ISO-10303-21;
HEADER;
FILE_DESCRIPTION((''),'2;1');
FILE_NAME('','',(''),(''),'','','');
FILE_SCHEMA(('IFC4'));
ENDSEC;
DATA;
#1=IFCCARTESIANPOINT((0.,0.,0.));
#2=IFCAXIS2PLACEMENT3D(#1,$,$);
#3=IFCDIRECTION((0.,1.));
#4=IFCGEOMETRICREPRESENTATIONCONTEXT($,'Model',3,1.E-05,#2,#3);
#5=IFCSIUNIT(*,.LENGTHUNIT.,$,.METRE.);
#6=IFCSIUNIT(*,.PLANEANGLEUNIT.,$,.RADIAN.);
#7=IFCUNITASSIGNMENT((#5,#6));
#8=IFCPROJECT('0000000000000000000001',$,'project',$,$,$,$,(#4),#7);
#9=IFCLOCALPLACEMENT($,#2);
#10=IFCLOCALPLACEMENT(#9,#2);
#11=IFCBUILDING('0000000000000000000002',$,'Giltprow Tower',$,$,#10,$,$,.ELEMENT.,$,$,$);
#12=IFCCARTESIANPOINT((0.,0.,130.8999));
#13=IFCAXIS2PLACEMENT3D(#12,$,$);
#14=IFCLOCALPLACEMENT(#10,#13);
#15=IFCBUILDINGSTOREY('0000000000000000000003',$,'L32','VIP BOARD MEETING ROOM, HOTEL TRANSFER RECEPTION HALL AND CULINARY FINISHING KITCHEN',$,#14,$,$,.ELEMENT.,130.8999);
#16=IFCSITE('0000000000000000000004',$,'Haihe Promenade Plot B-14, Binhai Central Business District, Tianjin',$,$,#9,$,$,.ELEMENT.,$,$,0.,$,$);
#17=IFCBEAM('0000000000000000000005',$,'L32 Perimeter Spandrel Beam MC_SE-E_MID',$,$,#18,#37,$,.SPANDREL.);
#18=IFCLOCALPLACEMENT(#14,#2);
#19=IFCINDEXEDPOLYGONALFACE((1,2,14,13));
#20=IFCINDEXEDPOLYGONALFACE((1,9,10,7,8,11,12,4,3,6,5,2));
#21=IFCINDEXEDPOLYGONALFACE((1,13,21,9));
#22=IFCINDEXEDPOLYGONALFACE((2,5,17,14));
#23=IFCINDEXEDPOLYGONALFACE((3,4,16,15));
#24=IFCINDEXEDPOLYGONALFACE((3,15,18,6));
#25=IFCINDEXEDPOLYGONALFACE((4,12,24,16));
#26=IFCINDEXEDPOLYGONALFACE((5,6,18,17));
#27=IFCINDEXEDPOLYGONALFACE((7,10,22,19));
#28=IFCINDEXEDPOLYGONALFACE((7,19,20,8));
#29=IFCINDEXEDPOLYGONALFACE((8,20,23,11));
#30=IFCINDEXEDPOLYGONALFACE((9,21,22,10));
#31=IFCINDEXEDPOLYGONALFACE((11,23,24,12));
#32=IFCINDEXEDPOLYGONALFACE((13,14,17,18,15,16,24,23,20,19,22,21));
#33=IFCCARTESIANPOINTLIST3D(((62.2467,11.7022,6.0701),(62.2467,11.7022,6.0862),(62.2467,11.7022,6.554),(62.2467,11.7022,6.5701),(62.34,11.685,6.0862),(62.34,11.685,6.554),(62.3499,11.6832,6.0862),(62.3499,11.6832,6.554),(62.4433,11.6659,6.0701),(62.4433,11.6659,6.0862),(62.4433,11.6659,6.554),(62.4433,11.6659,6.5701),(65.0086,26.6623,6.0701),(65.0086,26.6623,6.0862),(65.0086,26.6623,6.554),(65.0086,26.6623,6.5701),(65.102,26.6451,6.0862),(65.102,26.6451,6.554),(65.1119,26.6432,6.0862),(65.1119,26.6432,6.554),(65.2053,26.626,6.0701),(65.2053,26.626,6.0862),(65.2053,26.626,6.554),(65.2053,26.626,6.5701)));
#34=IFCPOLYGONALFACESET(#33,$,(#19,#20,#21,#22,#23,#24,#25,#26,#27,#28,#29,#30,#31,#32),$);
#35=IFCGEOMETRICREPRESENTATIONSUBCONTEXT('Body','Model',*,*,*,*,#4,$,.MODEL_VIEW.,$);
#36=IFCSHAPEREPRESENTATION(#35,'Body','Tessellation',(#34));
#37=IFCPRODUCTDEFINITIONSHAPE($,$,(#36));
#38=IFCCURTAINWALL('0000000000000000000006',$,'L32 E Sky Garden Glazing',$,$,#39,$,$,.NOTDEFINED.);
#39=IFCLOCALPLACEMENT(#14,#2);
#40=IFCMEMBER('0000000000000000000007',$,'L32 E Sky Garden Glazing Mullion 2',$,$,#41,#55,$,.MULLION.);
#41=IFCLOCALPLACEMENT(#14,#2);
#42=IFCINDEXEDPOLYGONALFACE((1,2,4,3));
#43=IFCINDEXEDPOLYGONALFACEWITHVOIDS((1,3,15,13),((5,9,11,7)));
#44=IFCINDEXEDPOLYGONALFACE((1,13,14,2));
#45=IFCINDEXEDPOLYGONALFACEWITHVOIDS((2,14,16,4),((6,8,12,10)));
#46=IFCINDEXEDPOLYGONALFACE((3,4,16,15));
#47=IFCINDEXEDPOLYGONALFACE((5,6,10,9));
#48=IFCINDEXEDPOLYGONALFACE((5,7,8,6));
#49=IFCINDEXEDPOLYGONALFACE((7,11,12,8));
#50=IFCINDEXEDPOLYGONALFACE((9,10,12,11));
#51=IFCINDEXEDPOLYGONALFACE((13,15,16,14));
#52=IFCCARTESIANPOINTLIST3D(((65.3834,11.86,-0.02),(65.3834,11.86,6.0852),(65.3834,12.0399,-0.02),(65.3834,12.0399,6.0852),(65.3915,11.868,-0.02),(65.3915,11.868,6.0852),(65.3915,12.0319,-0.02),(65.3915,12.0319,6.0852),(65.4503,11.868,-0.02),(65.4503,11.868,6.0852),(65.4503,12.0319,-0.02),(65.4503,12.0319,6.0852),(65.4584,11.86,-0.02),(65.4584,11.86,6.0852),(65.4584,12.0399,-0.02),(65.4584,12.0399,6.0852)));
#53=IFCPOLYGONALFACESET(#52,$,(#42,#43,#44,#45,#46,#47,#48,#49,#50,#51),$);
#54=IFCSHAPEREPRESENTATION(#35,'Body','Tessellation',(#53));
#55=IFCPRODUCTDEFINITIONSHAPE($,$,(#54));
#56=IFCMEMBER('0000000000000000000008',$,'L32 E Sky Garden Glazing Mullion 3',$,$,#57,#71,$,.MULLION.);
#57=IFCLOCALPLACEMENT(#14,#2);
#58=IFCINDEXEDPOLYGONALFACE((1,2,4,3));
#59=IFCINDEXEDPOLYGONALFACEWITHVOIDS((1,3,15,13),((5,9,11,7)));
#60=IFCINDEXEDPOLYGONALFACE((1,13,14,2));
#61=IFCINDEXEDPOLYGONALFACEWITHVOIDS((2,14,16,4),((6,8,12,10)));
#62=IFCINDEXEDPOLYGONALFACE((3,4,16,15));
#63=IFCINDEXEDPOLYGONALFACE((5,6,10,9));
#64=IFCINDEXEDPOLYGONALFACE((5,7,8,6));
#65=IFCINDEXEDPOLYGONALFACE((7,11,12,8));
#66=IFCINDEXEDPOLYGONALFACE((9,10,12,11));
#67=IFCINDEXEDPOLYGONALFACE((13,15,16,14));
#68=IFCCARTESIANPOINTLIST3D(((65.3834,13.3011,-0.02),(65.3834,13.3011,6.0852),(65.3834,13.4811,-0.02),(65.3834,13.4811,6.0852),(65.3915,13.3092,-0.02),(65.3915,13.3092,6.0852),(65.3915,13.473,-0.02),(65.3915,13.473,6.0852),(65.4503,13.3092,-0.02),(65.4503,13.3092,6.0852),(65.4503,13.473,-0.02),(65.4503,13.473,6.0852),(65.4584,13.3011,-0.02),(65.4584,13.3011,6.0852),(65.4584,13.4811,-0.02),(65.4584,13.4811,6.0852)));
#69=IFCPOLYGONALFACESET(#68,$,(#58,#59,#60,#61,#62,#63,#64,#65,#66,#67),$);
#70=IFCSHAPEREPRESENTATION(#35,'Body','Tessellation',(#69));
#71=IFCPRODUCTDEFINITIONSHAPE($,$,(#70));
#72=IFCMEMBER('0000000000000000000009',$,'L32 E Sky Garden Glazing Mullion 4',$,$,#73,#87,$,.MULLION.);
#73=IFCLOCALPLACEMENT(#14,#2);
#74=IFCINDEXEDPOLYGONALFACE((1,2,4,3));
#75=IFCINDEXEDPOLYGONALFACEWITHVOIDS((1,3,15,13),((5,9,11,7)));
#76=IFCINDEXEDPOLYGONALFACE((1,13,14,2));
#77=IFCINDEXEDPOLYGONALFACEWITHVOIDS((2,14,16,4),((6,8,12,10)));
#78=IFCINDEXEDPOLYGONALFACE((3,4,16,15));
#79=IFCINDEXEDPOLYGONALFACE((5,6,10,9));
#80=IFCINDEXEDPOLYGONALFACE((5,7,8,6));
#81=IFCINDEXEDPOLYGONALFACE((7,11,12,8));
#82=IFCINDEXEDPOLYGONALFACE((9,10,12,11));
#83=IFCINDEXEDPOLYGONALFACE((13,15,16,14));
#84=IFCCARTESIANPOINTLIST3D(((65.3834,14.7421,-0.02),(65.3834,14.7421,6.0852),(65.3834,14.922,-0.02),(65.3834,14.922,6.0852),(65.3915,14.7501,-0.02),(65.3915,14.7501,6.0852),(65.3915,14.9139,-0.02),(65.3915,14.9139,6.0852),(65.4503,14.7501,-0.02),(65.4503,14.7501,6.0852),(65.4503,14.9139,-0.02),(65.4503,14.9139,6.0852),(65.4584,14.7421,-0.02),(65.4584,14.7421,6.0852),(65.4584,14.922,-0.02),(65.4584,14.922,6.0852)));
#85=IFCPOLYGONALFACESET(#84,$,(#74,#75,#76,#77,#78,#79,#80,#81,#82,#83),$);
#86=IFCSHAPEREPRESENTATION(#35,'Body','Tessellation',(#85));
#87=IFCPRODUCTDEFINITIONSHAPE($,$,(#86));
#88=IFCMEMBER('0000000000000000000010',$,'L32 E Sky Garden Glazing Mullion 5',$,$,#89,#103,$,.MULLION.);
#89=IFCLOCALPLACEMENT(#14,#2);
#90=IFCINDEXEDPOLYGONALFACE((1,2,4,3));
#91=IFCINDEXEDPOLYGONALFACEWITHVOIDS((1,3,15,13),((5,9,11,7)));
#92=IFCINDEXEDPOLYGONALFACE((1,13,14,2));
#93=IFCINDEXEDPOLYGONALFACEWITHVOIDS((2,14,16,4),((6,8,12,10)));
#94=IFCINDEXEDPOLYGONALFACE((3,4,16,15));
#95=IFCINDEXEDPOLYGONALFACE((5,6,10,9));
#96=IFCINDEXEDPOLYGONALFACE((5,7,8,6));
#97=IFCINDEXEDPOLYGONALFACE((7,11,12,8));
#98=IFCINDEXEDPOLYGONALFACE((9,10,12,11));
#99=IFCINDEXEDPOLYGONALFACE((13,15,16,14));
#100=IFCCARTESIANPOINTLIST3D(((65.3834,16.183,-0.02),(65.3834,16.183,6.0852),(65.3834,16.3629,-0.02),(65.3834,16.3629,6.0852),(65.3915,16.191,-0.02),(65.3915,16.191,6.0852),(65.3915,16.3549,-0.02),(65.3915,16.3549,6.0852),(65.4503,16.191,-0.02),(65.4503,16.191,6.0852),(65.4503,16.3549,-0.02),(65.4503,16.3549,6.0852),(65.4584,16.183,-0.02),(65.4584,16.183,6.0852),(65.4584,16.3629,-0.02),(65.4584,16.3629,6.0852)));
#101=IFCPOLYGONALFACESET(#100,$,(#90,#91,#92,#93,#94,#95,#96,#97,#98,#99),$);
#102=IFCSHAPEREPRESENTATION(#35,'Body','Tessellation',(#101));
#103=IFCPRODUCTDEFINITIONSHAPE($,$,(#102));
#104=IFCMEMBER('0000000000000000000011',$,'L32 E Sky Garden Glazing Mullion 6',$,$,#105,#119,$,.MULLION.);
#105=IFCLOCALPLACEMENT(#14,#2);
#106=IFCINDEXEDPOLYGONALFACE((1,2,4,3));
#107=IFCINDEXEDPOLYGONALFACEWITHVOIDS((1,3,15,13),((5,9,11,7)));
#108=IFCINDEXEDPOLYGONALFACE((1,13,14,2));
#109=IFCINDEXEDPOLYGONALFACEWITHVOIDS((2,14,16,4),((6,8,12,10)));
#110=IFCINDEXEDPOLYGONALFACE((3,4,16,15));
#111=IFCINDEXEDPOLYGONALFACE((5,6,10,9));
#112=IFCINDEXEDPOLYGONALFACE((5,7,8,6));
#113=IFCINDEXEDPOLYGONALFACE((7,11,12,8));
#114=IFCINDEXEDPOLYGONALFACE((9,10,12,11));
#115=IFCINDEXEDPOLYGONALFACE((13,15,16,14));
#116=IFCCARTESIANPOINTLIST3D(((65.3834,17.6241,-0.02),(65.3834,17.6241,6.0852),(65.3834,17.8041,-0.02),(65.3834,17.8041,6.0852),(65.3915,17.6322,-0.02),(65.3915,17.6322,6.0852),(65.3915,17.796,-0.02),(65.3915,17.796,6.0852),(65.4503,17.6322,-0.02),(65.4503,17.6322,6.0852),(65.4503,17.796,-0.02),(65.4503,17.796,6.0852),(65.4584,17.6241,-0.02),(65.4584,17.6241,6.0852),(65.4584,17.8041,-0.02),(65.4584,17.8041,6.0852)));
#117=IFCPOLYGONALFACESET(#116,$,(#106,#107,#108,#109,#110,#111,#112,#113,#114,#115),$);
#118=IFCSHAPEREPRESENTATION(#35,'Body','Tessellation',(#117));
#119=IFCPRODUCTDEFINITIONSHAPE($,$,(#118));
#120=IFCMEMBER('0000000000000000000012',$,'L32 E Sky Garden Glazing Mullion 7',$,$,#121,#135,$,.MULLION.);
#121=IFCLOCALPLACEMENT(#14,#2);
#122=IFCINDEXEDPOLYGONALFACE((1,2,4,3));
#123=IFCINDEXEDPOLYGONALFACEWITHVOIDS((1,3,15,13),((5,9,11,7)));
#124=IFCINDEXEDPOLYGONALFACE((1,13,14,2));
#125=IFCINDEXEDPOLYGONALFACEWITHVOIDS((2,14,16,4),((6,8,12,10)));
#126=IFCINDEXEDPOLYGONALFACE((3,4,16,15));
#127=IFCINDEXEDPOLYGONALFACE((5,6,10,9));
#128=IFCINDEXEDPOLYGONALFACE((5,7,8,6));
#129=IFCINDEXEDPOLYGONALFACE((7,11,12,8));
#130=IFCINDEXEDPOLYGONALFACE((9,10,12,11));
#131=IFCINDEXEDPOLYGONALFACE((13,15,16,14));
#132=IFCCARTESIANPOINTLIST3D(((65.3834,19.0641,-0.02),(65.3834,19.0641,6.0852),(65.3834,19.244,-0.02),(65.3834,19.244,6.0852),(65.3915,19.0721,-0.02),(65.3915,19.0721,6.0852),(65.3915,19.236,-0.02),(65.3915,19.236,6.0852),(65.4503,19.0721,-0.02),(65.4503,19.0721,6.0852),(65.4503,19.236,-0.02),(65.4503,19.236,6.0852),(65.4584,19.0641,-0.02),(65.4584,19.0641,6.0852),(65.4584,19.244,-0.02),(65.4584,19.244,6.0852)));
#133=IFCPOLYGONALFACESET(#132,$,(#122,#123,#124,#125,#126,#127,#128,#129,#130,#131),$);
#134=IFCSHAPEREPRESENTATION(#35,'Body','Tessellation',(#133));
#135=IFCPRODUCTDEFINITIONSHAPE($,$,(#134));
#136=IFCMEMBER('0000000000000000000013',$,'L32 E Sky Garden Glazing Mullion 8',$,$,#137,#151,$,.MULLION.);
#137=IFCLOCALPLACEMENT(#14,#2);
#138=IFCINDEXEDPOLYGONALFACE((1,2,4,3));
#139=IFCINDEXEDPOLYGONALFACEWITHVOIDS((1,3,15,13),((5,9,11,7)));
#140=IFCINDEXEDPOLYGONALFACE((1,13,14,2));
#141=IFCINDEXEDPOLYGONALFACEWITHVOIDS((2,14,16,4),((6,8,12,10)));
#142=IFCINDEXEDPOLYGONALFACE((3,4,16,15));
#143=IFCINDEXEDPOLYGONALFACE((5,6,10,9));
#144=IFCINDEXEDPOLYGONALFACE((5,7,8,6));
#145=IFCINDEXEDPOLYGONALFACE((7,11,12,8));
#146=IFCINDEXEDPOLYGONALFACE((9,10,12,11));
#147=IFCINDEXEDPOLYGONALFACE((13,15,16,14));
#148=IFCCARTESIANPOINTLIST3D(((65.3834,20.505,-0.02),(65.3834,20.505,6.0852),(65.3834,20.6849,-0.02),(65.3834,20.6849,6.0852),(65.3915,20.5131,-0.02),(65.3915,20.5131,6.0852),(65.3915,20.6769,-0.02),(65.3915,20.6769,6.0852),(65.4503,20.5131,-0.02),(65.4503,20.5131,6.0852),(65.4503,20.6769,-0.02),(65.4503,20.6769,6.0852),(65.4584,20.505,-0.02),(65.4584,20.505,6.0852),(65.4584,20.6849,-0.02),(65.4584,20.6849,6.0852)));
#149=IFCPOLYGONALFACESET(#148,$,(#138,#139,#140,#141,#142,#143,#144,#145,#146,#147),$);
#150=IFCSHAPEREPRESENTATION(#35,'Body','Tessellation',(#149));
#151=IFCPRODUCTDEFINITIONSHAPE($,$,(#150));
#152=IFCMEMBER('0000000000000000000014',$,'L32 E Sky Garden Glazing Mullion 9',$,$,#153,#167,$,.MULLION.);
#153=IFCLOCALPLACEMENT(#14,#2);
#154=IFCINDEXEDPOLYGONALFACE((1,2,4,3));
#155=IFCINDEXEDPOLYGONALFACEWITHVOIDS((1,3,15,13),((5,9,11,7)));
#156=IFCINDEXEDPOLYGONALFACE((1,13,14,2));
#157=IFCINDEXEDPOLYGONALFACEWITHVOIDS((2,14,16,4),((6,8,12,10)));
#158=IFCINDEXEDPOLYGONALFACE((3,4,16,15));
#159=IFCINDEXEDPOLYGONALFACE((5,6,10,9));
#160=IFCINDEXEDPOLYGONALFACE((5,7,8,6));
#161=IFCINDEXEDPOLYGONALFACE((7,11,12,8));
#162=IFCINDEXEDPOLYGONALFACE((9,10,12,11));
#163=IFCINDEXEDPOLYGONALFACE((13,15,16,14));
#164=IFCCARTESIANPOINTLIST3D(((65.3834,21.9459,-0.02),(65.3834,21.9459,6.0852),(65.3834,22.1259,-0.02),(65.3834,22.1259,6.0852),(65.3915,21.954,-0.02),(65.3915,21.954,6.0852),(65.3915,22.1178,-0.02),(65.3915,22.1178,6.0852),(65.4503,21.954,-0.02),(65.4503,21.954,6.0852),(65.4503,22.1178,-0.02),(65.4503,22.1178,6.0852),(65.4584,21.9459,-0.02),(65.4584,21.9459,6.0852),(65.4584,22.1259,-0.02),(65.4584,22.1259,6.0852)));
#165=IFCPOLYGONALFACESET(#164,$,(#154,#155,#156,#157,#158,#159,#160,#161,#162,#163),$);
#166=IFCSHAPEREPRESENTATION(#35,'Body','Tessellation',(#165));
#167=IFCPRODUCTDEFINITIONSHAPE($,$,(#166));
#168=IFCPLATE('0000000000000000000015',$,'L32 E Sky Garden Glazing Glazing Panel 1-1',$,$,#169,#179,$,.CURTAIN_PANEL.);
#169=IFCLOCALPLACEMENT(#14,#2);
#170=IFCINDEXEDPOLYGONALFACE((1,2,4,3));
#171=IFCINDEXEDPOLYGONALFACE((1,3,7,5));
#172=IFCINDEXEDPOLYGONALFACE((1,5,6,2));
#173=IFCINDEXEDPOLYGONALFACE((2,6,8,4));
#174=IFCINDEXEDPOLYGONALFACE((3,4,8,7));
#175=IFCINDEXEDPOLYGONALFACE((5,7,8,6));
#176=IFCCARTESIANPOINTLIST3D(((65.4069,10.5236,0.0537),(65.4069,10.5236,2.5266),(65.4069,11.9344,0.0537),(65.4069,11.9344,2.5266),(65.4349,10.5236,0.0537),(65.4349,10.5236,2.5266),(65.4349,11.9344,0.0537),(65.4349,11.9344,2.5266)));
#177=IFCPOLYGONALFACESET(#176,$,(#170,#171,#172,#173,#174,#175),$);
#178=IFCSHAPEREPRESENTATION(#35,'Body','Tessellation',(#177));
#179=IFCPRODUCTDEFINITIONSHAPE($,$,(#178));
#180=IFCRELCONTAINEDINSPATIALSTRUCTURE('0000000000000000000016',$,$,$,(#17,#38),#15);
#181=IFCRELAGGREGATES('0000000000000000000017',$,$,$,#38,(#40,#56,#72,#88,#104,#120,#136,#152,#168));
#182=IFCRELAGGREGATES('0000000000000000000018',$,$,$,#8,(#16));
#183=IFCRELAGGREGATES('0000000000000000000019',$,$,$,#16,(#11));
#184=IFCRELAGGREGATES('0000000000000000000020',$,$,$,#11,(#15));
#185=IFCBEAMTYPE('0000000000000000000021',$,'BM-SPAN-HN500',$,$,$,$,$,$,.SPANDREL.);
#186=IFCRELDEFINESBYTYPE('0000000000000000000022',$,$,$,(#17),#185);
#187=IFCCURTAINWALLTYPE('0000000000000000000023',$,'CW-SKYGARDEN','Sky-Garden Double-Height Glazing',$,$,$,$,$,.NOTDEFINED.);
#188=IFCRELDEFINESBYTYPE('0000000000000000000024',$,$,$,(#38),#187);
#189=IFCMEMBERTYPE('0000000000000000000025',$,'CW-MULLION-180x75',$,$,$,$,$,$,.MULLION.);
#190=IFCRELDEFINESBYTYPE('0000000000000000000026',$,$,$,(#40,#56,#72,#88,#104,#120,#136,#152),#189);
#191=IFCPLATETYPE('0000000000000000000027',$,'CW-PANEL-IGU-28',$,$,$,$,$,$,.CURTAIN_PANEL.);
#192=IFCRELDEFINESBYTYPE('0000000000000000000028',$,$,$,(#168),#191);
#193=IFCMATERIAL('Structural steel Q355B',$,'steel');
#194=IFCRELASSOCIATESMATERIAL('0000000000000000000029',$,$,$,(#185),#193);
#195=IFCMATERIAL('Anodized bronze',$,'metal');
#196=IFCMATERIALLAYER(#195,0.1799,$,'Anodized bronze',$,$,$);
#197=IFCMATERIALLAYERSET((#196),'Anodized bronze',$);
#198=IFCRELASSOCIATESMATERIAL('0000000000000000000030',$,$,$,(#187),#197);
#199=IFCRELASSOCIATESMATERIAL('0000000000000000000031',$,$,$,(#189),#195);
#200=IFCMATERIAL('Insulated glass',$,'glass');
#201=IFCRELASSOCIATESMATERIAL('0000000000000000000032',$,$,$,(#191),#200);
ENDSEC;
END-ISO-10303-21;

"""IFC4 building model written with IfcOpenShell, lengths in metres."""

from ifc_helpers import new_model, si_unit, direction, frame, origin, origin_2d, place, context, subcontext, project, spatial, rectangle, hollow_rectangle, i_section, extrude, source, transform, mapped, material, layer, layer_set, material_profile, profile_set, type_object, element, aggregate, save


model = new_model("IFC4")

# Units and contexts
model_context = context("Model", 3, precision=1e-05, world=origin(), true_north=direction((0.0, 1.0)))
body_context = subcontext(model_context, "Body", "Model", "MODEL_VIEW")
ifc_project = project(units=[si_unit("LENGTHUNIT", "METRE"), si_unit("PLANEANGLEUNIT", "RADIAN")], contexts=[model_context])

# Site, building, storey
site_placement = place(None, origin())
site = spatial("IfcSite", under=ifc_project, at=site_placement, Name="Haihe Promenade Plot B-14, Binhai Central Business District, Tianjin", CompositionType="ELEMENT", RefElevation=0.0)
building_placement = place(site_placement, origin())
building = spatial("IfcBuilding", under=site, at=building_placement, Name="Giltprow Tower", CompositionType="ELEMENT")
storey_placement = place(building_placement, frame((0.0, 0.0, 130.8999)))
storey = spatial("IfcBuildingStorey", under=building, at=storey_placement, Name="L32", Description="VIP BOARD MEETING ROOM, HOTEL TRANSFER RECEPTION HALL AND CULINARY FINISHING KITCHEN", CompositionType="ELEMENT", Elevation=130.8999)

# Beam
ifc_material_1 = material(Name="Structural steel Q355B", Category="steel")
ifc_material_profile_1 = material_profile(ifc_material_1, i_section(OverallWidth=0.2, OverallDepth=0.5, WebThickness=0.01, FlangeThickness=0.0161, at=origin_2d()), Name="HN 500x200x10x16")
ifc_profile_set_1 = profile_set([ifc_material_profile_1], Name="Structural steel Q355B")
beam_type = type_object("IfcBeamType", Name="BM-SPAN-HN500", PredefinedType="SPANDREL", material=ifc_profile_set_1)
shared_shape_1 = source(origin(), body_context, "Body", "SweptSolid", [
    extrude(i_section(OverallWidth=0.2, OverallDepth=0.5, WebThickness=0.01, FlangeThickness=0.0161, at=origin_2d()), origin(), (0.0, 0.0, 1.0), 15.2129),
])
beam_placement = place(storey_placement, frame((62.345, 11.6841, 6.3201), z_axis=(0.181555, 0.983381, 0.0), x_axis=(-0.983381, 0.181555, 0.0)))
element("IfcBeam", 1, at=beam_placement, inside=storey, type_object=beam_type, Name="L32 Perimeter Spandrel Beam MC_SE-E_MID", PredefinedType="SPANDREL", context=body_context, shape_type="MappedRepresentation", body=[
    mapped(shared_shape_1, transform((0.0, 0.0, 0.0), x_axis=(1.0, 0.0, 0.0), y_axis=(0.0, 1.0, 0.0), z_axis=(0.0, 0.0, 1.0), scale=1.0)),
])

# Curtain wall, members, plate
ifc_material_2 = material(Name="Anodized bronze", Category="metal")
ifc_layer = layer(ifc_material_2, 0.1799, Name="Anodized bronze")
ifc_layer_set = layer_set([ifc_layer], Name="Anodized bronze")
curtain_wall_type = type_object("IfcCurtainWallType", Name="CW-SKYGARDEN", Description="Sky-Garden Double-Height Glazing", PredefinedType="NOTDEFINED", material=ifc_layer_set)
curtain_wall_placement = place(storey_placement, origin())
curtain_wall = element("IfcCurtainWall", 2, at=curtain_wall_placement, inside=storey, type_object=curtain_wall_type, Name="L32 E Sky Garden Glazing", PredefinedType="NOTDEFINED")
ifc_material_profile_2 = material_profile(ifc_material_2, hollow_rectangle(XDim=0.075, YDim=0.1799, WallThickness=0.0081, at=origin_2d()), Name="RHS 180x75x8")
ifc_profile_set_2 = profile_set([ifc_material_profile_2], Name="Anodized bronze")
member_type = type_object("IfcMemberType", Name="CW-MULLION-180x75", PredefinedType="MULLION", material=ifc_profile_set_2)
shared_shape_2 = source(origin(), body_context, "Body", "SweptSolid", [
    extrude(hollow_rectangle(XDim=0.075, YDim=0.1799, WallThickness=0.0081, at=origin_2d()), origin(), (0.0, 0.0, 1.0), 6.1052),
])
member_1_placement = place(storey_placement, frame((65.4209, 11.95, -0.02), z_axis=(0.0, 0.0, 1.0), x_axis=(1.0, 0.0, 0.0)))
member_1 = element("IfcMember", 3, at=member_1_placement, type_object=member_type, Name="L32 E Sky Garden Glazing Mullion 2", PredefinedType="MULLION", context=body_context, shape_type="MappedRepresentation", body=[
    mapped(shared_shape_2, transform((0.0, 0.0, 0.0), x_axis=(1.0, 0.0, 0.0), y_axis=(0.0, 1.0, 0.0), z_axis=(0.0, 0.0, 1.0), scale=1.0)),
])
member_2_placement = place(storey_placement, frame((65.4209, 13.3911, -0.02), z_axis=(0.0, 0.0, 1.0), x_axis=(1.0, 0.0, 0.0)))
member_2 = element("IfcMember", 4, at=member_2_placement, type_object=member_type, Name="L32 E Sky Garden Glazing Mullion 3", PredefinedType="MULLION", context=body_context, shape_type="MappedRepresentation", body=[
    mapped(shared_shape_2, transform((0.0, 0.0, 0.0), x_axis=(1.0, 0.0, 0.0), y_axis=(0.0, 1.0, 0.0), z_axis=(0.0, 0.0, 1.0), scale=1.0)),
])
member_3_placement = place(storey_placement, frame((65.4209, 14.832, -0.02), z_axis=(0.0, 0.0, 1.0), x_axis=(1.0, 0.0, 0.0)))
member_3 = element("IfcMember", 5, at=member_3_placement, type_object=member_type, Name="L32 E Sky Garden Glazing Mullion 4", PredefinedType="MULLION", context=body_context, shape_type="MappedRepresentation", body=[
    mapped(shared_shape_2, transform((0.0, 0.0, 0.0), x_axis=(1.0, 0.0, 0.0), y_axis=(0.0, 1.0, 0.0), z_axis=(0.0, 0.0, 1.0), scale=1.0)),
])
member_4_placement = place(storey_placement, frame((65.4209, 16.2729, -0.02), z_axis=(0.0, 0.0, 1.0), x_axis=(1.0, 0.0, 0.0)))
member_4 = element("IfcMember", 6, at=member_4_placement, type_object=member_type, Name="L32 E Sky Garden Glazing Mullion 5", PredefinedType="MULLION", context=body_context, shape_type="MappedRepresentation", body=[
    mapped(shared_shape_2, transform((0.0, 0.0, 0.0), x_axis=(1.0, 0.0, 0.0), y_axis=(0.0, 1.0, 0.0), z_axis=(0.0, 0.0, 1.0), scale=1.0)),
])
member_5_placement = place(storey_placement, frame((65.4209, 17.7141, -0.02), z_axis=(0.0, 0.0, 1.0), x_axis=(1.0, 0.0, 0.0)))
member_5 = element("IfcMember", 7, at=member_5_placement, type_object=member_type, Name="L32 E Sky Garden Glazing Mullion 6", PredefinedType="MULLION", context=body_context, shape_type="MappedRepresentation", body=[
    mapped(shared_shape_2, transform((0.0, 0.0, 0.0), x_axis=(1.0, 0.0, 0.0), y_axis=(0.0, 1.0, 0.0), z_axis=(0.0, 0.0, 1.0), scale=1.0)),
])
member_6_placement = place(storey_placement, frame((65.4209, 19.1541, -0.02), z_axis=(0.0, 0.0, 1.0), x_axis=(1.0, 0.0, 0.0)))
member_6 = element("IfcMember", 8, at=member_6_placement, type_object=member_type, Name="L32 E Sky Garden Glazing Mullion 7", PredefinedType="MULLION", context=body_context, shape_type="MappedRepresentation", body=[
    mapped(shared_shape_2, transform((0.0, 0.0, 0.0), x_axis=(1.0, 0.0, 0.0), y_axis=(0.0, 1.0, 0.0), z_axis=(0.0, 0.0, 1.0), scale=1.0)),
])
member_7_placement = place(storey_placement, frame((65.4209, 20.595, -0.02), z_axis=(0.0, 0.0, 1.0), x_axis=(1.0, 0.0, 0.0)))
member_7 = element("IfcMember", 9, at=member_7_placement, type_object=member_type, Name="L32 E Sky Garden Glazing Mullion 8", PredefinedType="MULLION", context=body_context, shape_type="MappedRepresentation", body=[
    mapped(shared_shape_2, transform((0.0, 0.0, 0.0), x_axis=(1.0, 0.0, 0.0), y_axis=(0.0, 1.0, 0.0), z_axis=(0.0, 0.0, 1.0), scale=1.0)),
])
member_8_placement = place(storey_placement, frame((65.4209, 22.0359, -0.02), z_axis=(0.0, 0.0, 1.0), x_axis=(1.0, 0.0, 0.0)))
member_8 = element("IfcMember", 10, at=member_8_placement, type_object=member_type, Name="L32 E Sky Garden Glazing Mullion 9", PredefinedType="MULLION", context=body_context, shape_type="MappedRepresentation", body=[
    mapped(shared_shape_2, transform((0.0, 0.0, 0.0), x_axis=(1.0, 0.0, 0.0), y_axis=(0.0, 1.0, 0.0), z_axis=(0.0, 0.0, 1.0), scale=1.0)),
])
ifc_material_3 = material(Name="Insulated glass", Category="glass")
plate_type = type_object("IfcPlateType", Name="CW-PANEL-IGU-28", PredefinedType="CURTAIN_PANEL", material=ifc_material_3)
shared_shape_3 = source(origin(), body_context, "Body", "SweptSolid", [
    extrude(rectangle(XDim=1.4109, YDim=0.0281, at=origin_2d()), origin(), (0.0, 0.0, 1.0), 2.4729),
])
plate_1_placement = place(storey_placement, frame((65.4209, 11.229, 0.0537), z_axis=(0.0, 0.0, 1.0), x_axis=(0.0, 1.0, 0.0)))
plate_1 = element("IfcPlate", 11, at=plate_1_placement, type_object=plate_type, Name="L32 E Sky Garden Glazing Glazing Panel 1-1", PredefinedType="CURTAIN_PANEL", context=body_context, shape_type="MappedRepresentation", body=[
    mapped(shared_shape_3, transform((0.0, 0.0, 0.0), x_axis=(1.0, 0.0, 0.0), y_axis=(0.0, 1.0, 0.0), z_axis=(0.0, 0.0, 1.0), scale=1.0)),
])
aggregate(curtain_wall, [member_1, member_2, member_3, member_4, member_5, member_6, member_7, member_8, plate_1])

save(model, "model.ifc")
